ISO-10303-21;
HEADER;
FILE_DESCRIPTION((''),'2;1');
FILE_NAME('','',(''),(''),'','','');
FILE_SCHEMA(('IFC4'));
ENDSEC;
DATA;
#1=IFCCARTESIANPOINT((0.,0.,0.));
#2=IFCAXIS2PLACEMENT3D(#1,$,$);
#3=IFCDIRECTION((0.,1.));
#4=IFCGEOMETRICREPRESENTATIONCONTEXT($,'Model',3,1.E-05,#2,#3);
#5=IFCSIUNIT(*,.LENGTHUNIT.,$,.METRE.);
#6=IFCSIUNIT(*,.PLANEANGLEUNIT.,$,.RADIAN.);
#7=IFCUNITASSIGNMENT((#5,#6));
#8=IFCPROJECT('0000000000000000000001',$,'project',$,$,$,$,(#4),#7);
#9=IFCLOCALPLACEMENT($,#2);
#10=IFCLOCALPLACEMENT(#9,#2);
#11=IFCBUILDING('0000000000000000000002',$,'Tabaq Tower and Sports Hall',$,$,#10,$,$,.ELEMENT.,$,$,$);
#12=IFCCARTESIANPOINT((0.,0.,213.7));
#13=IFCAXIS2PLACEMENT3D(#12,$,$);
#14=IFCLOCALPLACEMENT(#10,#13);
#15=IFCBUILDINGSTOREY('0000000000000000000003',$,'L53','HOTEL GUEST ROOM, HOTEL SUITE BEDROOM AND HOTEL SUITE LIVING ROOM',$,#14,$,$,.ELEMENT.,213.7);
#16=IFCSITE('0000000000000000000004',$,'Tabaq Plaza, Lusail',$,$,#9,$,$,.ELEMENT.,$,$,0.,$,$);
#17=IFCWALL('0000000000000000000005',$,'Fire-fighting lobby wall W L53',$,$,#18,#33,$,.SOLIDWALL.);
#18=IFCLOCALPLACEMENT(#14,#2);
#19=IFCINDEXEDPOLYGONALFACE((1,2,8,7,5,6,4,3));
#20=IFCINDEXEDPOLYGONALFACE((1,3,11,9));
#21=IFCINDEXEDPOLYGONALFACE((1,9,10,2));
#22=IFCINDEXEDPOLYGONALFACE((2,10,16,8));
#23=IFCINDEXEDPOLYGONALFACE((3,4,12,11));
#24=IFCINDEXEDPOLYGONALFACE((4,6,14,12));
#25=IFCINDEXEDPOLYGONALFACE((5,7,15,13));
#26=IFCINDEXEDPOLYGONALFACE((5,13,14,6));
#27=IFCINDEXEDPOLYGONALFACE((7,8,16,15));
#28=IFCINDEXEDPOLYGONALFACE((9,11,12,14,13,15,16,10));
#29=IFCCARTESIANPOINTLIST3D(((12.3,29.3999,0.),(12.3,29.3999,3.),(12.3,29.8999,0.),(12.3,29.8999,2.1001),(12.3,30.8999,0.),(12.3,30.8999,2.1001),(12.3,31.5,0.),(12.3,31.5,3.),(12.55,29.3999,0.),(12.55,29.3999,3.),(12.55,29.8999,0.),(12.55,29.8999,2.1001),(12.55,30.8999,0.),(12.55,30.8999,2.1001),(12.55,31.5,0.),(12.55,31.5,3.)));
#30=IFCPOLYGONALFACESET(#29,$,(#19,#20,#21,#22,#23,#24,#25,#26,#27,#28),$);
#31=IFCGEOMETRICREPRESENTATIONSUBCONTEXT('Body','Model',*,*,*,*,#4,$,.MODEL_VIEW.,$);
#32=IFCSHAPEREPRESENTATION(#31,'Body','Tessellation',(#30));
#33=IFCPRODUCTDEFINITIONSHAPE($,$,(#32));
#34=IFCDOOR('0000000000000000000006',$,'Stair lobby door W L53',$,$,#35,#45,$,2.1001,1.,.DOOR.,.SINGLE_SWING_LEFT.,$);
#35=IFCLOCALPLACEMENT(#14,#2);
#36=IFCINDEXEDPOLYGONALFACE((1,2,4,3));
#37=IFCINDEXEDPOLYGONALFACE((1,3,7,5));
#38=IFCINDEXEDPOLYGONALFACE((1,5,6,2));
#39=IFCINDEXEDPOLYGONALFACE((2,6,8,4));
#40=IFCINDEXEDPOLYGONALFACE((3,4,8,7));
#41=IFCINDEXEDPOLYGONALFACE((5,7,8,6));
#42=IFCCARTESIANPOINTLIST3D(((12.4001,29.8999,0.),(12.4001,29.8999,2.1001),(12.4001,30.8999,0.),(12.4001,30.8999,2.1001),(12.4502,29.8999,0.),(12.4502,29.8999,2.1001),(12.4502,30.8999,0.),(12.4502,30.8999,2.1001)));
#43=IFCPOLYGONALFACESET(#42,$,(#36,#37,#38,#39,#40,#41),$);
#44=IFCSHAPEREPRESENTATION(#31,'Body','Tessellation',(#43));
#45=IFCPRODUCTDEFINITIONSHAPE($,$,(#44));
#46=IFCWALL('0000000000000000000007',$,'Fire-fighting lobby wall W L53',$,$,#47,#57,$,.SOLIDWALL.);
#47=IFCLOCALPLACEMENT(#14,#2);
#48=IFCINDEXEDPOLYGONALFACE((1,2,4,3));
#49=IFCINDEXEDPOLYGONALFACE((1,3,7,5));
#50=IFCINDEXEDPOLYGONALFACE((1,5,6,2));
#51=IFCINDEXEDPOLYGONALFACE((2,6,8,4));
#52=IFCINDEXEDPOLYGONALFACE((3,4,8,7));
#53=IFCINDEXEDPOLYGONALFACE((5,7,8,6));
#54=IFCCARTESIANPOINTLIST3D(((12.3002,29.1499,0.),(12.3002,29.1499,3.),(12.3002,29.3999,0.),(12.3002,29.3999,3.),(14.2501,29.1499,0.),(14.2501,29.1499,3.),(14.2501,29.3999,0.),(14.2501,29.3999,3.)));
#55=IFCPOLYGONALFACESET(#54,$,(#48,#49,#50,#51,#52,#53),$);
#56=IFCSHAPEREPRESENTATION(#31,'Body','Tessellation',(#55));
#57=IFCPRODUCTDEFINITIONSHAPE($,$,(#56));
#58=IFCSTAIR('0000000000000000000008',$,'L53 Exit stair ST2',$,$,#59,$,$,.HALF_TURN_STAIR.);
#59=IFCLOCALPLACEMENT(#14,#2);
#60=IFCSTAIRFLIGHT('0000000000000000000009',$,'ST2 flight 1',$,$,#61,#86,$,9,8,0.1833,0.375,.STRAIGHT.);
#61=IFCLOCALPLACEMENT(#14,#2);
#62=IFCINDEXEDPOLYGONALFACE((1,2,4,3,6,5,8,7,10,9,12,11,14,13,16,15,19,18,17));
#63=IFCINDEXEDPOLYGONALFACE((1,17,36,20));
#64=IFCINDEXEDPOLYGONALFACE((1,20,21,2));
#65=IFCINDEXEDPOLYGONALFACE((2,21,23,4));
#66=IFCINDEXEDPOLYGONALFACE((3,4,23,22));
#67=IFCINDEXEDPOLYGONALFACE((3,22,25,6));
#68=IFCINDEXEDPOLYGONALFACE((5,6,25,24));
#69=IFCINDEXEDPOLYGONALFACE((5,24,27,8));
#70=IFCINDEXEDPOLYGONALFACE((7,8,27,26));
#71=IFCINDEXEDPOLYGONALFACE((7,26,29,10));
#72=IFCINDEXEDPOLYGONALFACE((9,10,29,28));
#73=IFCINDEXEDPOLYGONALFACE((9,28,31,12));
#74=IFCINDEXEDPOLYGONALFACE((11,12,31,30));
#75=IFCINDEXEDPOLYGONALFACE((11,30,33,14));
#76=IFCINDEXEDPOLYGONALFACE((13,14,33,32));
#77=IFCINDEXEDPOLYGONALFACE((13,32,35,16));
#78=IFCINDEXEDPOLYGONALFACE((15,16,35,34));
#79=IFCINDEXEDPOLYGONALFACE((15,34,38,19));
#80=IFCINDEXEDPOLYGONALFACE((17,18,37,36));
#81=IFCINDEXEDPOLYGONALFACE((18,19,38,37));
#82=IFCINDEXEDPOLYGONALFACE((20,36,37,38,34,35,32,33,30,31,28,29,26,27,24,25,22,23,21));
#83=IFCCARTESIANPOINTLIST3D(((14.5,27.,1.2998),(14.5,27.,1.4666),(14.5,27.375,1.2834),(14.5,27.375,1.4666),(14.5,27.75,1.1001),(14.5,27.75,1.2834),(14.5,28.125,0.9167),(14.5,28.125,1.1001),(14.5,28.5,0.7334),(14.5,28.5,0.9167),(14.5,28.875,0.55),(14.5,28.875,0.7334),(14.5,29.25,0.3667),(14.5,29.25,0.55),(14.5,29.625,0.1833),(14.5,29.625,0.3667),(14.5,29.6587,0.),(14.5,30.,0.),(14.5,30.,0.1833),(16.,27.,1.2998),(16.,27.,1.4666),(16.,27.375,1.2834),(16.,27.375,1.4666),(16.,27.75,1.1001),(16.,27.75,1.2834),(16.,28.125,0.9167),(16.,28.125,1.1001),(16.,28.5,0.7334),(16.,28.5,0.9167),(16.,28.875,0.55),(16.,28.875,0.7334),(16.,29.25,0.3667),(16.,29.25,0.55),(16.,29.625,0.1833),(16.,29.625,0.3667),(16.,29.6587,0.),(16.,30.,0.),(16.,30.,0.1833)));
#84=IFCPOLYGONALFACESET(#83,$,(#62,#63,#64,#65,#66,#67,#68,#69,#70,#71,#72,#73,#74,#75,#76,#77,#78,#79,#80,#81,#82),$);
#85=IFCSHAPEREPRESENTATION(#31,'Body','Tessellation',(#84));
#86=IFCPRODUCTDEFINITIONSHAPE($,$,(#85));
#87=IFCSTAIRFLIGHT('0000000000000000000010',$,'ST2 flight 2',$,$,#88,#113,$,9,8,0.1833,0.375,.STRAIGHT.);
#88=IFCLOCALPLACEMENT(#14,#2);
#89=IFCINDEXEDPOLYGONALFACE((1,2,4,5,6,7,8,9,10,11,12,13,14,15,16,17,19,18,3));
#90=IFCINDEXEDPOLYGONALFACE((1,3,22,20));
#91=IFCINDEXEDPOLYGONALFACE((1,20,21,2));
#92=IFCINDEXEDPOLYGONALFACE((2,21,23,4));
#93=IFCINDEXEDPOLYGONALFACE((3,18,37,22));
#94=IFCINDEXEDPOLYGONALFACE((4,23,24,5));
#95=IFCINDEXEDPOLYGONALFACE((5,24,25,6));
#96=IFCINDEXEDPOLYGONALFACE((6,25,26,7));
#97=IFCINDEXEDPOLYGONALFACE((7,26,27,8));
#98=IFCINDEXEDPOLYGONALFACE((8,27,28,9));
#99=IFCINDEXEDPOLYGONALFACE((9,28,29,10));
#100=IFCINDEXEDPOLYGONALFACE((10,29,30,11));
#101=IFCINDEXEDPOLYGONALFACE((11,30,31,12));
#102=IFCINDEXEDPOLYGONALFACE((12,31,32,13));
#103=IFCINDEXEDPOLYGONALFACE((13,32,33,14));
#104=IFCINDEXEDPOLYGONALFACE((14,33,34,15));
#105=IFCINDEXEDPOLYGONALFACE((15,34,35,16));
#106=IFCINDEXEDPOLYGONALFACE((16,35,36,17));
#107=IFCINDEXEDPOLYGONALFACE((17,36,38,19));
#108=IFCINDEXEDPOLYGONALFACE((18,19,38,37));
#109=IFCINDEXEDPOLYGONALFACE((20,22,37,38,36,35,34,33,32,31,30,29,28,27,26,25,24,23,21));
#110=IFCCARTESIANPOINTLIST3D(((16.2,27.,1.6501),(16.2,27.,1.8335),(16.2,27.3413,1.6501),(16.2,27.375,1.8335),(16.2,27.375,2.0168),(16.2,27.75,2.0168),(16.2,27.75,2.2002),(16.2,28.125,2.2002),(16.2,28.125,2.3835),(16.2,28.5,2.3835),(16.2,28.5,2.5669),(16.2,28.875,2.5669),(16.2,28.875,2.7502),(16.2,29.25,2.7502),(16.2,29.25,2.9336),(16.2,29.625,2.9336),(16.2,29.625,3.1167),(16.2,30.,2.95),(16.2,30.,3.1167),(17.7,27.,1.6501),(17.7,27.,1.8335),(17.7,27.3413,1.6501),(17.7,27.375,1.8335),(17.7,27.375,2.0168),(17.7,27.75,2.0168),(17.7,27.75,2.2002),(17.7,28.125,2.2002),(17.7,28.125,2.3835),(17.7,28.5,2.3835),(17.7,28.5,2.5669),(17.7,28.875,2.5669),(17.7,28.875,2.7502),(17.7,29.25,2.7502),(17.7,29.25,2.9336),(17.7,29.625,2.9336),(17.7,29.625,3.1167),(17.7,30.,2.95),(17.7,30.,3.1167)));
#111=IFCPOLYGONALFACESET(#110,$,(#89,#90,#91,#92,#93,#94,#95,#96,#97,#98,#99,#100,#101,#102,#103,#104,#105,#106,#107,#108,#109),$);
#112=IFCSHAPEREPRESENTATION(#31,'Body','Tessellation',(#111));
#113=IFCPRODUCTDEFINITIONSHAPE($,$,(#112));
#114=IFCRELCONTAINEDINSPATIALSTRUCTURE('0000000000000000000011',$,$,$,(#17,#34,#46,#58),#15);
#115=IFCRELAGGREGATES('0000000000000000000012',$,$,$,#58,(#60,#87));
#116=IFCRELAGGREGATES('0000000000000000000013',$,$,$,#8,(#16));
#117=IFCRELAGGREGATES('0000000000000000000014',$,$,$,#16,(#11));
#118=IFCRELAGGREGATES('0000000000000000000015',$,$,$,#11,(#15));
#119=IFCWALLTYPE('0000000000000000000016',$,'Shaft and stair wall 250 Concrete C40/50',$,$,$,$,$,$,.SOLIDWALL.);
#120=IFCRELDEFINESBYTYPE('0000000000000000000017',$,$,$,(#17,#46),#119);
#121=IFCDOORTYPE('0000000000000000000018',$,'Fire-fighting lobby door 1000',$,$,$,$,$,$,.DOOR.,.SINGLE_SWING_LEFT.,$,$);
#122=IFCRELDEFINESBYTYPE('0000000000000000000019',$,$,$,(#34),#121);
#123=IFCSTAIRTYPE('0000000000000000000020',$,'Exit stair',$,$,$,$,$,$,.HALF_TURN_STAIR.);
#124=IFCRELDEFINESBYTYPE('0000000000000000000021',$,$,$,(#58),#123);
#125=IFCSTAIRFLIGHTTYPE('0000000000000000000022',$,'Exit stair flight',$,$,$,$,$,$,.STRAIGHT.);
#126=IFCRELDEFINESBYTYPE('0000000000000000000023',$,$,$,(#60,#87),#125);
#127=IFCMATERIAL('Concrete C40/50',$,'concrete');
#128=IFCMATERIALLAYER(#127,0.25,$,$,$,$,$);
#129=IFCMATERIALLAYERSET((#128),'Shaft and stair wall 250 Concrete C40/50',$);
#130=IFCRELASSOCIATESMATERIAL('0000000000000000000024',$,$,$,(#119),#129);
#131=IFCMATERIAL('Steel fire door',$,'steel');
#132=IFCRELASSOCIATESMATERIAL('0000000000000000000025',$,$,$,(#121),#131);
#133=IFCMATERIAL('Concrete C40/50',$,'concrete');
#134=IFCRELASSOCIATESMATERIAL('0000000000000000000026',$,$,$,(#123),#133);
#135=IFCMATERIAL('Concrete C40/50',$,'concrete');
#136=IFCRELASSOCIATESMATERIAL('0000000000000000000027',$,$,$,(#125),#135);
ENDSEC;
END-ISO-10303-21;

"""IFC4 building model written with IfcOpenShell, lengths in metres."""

from ifc_helpers import new_model, si_unit, direction, frame, frame_2d, origin, place, context, subcontext, project, spatial, polyline, rectangle, outline, extrude, material, layer, layer_set, type_object, element, fill, aggregate, save


model = new_model("IFC4")

# Units and contexts
model_context = context("Model", 3, precision=1e-05, world=origin(), true_north=direction((0.0, 1.0)))
body_context = subcontext(model_context, "Body", "Model", "MODEL_VIEW")
ifc_project = project(units=[si_unit("LENGTHUNIT", "METRE"), si_unit("PLANEANGLEUNIT", "RADIAN")], contexts=[model_context])

# Site, building, storey
site_placement = place(None, origin())
site = spatial("IfcSite", under=ifc_project, at=site_placement, Name="Tabaq Plaza, Lusail", CompositionType="ELEMENT", RefElevation=0.0)
building_placement = place(site_placement, origin())
building = spatial("IfcBuilding", under=site, at=building_placement, Name="Tabaq Tower and Sports Hall", CompositionType="ELEMENT")
storey_placement = place(building_placement, frame((0.0, 0.0, 213.7)))
storey = spatial("IfcBuildingStorey", under=building, at=storey_placement, Name="L53", Description="HOTEL GUEST ROOM, HOTEL SUITE BEDROOM AND HOTEL SUITE LIVING ROOM", CompositionType="ELEMENT", Elevation=213.7)

# Wall, opening, door
ifc_material_1 = material(Name="Concrete C40/50", Category="concrete")
ifc_layer_1 = layer(ifc_material_1, 0.25)
ifc_layer_set_1 = layer_set([ifc_layer_1], Name="Shaft and stair wall 250 Concrete C40/50")
wall_type_1 = type_object("IfcWallType", Name="Shaft and stair wall 250 Concrete C40/50", PredefinedType="SOLIDWALL", material=ifc_layer_set_1)
wall_1_placement = place(storey_placement, frame((12.425, 29.3999, 0.0), z_axis=(0.0, 0.0, 1.0), x_axis=(0.0, 1.0, 0.0)))
wall_1 = element("IfcWall", 1, at=wall_1_placement, inside=storey, type_object=wall_type_1, Name="Fire-fighting lobby wall W L53", PredefinedType="SOLIDWALL", context=body_context, shape_type="SweptSolid", body=[
    extrude(rectangle(XDim=2.1001, YDim=0.25, at=frame_2d((1.05, 0.0))), origin(), (0.0, 0.0, 1.0), 3.0),
])
opening_placement = place(wall_1_placement, frame((0.5, 0.0, 0.0)))
opening = element("IfcOpeningElement", 2, at=opening_placement, cuts=wall_1, PredefinedType="OPENING", context=body_context, shape_type="SweptSolid", body=[
    extrude(rectangle(XDim=1.0, YDim=2.1001, at=frame_2d((0.5, 1.05))), frame((0.0, 0.125, 0.0), z_axis=(0.0, -1.0, 0.0), x_axis=(1.0, 0.0, 0.0)), (0.0, 0.0, 1.0), 0.25),
])
ifc_material_2 = material(Name="Steel fire door", Category="steel")
door_type = type_object("IfcDoorType", Name="Fire-fighting lobby door 1000", OperationType="SINGLE_SWING_LEFT", PredefinedType="DOOR", material=ifc_material_2)
door_placement = place(opening_placement, origin())
door = element("IfcDoor", 3, at=door_placement, inside=storey, type_object=door_type, Name="Stair lobby door W L53", OperationType="SINGLE_SWING_LEFT", OverallHeight=2.1001, OverallWidth=1.0, PredefinedType="DOOR", context=body_context, shape_type="SweptSolid", body=[
    extrude(rectangle(XDim=1.0, YDim=2.1001, at=frame_2d((0.5, 1.05))), frame((0.0, 0.0249, 0.0), z_axis=(0.0, -1.0, 0.0), x_axis=(1.0, 0.0, 0.0)), (0.0, 0.0, 1.0), 0.05),
])
fill(opening, door)

# Wall
wall_2_placement = place(storey_placement, frame((12.3, 29.2749, 0.0), z_axis=(0.0, 0.0, 1.0), x_axis=(1.0, 0.0, 0.0)))
element("IfcWall", 4, at=wall_2_placement, inside=storey, type_object=wall_type_1, Name="Fire-fighting lobby wall W L53", PredefinedType="SOLIDWALL", context=body_context, shape_type="SweptSolid", body=[
    extrude(rectangle(XDim=1.95, YDim=0.25, at=frame_2d((0.9751, 0.0))), origin(), (0.0, 0.0, 1.0), 3.0),
])

# Stair, stair flights
ifc_material_3 = material(Name="Concrete C40/50", Category="concrete")
stair_type = type_object("IfcStairType", Name="Exit stair", PredefinedType="HALF_TURN_STAIR", material=ifc_material_3)
stair_placement = place(storey_placement, origin())
stair = element("IfcStair", 5, at=stair_placement, inside=storey, type_object=stair_type, Name="L53 Exit stair ST2", PredefinedType="HALF_TURN_STAIR")
ifc_material_4 = material(Name="Concrete C40/50", Category="concrete")
stair_flight_type = type_object("IfcStairFlightType", Name="Exit stair flight", PredefinedType="STRAIGHT", material=ifc_material_4)
stair_flight_1_placement = place(storey_placement, frame((15.25, 30.0, 0.0), z_axis=(0.0, 0.0, 1.0), x_axis=(0.0, -1.0, 0.0)))
stair_flight_1 = element("IfcStairFlight", 6, at=stair_flight_1_placement, type_object=stair_flight_type, Name="ST2 flight 1", NumberOfRisers=9, NumberOfTreads=8, PredefinedType="STRAIGHT", RiserHeight=0.1833, TreadLength=0.375, context=body_context, shape_type="SweptSolid", body=[
    extrude(outline(polyline([(0.0, 0.0), (0.0, 0.1833), (0.375, 0.1833), (0.375, 0.3667), (0.75, 0.3667), (0.75, 0.55), (1.125, 0.55), (1.125, 0.7334), (1.5, 0.7334), (1.5, 0.9167), (1.875, 0.9167), (1.875, 1.1001), (2.25, 1.1001), (2.25, 1.2834), (2.625, 1.2834), (2.625, 1.4666), (3.0, 1.4666), (3.0, 1.6499), (3.0, 1.2998), (0.3413, 0.0), (0.0, 0.0)])), frame((0.0, 0.75, 0.0), z_axis=(0.0, -1.0, 0.0), x_axis=(1.0, 0.0, 0.0)), (0.0, 0.0, 1.0), 1.5),
])
stair_flight_2_placement = place(storey_placement, frame((16.95, 27.0, 1.6501), z_axis=(0.0, 0.0, 1.0), x_axis=(0.0, 1.0, 0.0)))
stair_flight_2 = element("IfcStairFlight", 7, at=stair_flight_2_placement, type_object=stair_flight_type, Name="ST2 flight 2", NumberOfRisers=9, NumberOfTreads=8, PredefinedType="STRAIGHT", RiserHeight=0.1833, TreadLength=0.375, context=body_context, shape_type="SweptSolid", body=[
    extrude(outline(polyline([(0.0, 0.0), (0.0, 0.1833), (0.375, 0.1833), (0.375, 0.3667), (0.75, 0.3667), (0.75, 0.55), (1.125, 0.55), (1.125, 0.7334), (1.5, 0.7334), (1.5, 0.9167), (1.875, 0.9167), (1.875, 1.1001), (2.25, 1.1001), (2.25, 1.2834), (2.625, 1.2834), (2.625, 1.4666), (3.0, 1.4666), (3.0, 1.6499), (3.0, 1.2998), (0.3413, 0.0), (0.0, 0.0)])), frame((0.0, 0.75, 0.0), z_axis=(0.0, -1.0, 0.0), x_axis=(1.0, 0.0, 0.0)), (0.0, 0.0, 1.0), 1.5),
])
aggregate(stair, [stair_flight_1, stair_flight_2])

save(model, "model.ifc")
